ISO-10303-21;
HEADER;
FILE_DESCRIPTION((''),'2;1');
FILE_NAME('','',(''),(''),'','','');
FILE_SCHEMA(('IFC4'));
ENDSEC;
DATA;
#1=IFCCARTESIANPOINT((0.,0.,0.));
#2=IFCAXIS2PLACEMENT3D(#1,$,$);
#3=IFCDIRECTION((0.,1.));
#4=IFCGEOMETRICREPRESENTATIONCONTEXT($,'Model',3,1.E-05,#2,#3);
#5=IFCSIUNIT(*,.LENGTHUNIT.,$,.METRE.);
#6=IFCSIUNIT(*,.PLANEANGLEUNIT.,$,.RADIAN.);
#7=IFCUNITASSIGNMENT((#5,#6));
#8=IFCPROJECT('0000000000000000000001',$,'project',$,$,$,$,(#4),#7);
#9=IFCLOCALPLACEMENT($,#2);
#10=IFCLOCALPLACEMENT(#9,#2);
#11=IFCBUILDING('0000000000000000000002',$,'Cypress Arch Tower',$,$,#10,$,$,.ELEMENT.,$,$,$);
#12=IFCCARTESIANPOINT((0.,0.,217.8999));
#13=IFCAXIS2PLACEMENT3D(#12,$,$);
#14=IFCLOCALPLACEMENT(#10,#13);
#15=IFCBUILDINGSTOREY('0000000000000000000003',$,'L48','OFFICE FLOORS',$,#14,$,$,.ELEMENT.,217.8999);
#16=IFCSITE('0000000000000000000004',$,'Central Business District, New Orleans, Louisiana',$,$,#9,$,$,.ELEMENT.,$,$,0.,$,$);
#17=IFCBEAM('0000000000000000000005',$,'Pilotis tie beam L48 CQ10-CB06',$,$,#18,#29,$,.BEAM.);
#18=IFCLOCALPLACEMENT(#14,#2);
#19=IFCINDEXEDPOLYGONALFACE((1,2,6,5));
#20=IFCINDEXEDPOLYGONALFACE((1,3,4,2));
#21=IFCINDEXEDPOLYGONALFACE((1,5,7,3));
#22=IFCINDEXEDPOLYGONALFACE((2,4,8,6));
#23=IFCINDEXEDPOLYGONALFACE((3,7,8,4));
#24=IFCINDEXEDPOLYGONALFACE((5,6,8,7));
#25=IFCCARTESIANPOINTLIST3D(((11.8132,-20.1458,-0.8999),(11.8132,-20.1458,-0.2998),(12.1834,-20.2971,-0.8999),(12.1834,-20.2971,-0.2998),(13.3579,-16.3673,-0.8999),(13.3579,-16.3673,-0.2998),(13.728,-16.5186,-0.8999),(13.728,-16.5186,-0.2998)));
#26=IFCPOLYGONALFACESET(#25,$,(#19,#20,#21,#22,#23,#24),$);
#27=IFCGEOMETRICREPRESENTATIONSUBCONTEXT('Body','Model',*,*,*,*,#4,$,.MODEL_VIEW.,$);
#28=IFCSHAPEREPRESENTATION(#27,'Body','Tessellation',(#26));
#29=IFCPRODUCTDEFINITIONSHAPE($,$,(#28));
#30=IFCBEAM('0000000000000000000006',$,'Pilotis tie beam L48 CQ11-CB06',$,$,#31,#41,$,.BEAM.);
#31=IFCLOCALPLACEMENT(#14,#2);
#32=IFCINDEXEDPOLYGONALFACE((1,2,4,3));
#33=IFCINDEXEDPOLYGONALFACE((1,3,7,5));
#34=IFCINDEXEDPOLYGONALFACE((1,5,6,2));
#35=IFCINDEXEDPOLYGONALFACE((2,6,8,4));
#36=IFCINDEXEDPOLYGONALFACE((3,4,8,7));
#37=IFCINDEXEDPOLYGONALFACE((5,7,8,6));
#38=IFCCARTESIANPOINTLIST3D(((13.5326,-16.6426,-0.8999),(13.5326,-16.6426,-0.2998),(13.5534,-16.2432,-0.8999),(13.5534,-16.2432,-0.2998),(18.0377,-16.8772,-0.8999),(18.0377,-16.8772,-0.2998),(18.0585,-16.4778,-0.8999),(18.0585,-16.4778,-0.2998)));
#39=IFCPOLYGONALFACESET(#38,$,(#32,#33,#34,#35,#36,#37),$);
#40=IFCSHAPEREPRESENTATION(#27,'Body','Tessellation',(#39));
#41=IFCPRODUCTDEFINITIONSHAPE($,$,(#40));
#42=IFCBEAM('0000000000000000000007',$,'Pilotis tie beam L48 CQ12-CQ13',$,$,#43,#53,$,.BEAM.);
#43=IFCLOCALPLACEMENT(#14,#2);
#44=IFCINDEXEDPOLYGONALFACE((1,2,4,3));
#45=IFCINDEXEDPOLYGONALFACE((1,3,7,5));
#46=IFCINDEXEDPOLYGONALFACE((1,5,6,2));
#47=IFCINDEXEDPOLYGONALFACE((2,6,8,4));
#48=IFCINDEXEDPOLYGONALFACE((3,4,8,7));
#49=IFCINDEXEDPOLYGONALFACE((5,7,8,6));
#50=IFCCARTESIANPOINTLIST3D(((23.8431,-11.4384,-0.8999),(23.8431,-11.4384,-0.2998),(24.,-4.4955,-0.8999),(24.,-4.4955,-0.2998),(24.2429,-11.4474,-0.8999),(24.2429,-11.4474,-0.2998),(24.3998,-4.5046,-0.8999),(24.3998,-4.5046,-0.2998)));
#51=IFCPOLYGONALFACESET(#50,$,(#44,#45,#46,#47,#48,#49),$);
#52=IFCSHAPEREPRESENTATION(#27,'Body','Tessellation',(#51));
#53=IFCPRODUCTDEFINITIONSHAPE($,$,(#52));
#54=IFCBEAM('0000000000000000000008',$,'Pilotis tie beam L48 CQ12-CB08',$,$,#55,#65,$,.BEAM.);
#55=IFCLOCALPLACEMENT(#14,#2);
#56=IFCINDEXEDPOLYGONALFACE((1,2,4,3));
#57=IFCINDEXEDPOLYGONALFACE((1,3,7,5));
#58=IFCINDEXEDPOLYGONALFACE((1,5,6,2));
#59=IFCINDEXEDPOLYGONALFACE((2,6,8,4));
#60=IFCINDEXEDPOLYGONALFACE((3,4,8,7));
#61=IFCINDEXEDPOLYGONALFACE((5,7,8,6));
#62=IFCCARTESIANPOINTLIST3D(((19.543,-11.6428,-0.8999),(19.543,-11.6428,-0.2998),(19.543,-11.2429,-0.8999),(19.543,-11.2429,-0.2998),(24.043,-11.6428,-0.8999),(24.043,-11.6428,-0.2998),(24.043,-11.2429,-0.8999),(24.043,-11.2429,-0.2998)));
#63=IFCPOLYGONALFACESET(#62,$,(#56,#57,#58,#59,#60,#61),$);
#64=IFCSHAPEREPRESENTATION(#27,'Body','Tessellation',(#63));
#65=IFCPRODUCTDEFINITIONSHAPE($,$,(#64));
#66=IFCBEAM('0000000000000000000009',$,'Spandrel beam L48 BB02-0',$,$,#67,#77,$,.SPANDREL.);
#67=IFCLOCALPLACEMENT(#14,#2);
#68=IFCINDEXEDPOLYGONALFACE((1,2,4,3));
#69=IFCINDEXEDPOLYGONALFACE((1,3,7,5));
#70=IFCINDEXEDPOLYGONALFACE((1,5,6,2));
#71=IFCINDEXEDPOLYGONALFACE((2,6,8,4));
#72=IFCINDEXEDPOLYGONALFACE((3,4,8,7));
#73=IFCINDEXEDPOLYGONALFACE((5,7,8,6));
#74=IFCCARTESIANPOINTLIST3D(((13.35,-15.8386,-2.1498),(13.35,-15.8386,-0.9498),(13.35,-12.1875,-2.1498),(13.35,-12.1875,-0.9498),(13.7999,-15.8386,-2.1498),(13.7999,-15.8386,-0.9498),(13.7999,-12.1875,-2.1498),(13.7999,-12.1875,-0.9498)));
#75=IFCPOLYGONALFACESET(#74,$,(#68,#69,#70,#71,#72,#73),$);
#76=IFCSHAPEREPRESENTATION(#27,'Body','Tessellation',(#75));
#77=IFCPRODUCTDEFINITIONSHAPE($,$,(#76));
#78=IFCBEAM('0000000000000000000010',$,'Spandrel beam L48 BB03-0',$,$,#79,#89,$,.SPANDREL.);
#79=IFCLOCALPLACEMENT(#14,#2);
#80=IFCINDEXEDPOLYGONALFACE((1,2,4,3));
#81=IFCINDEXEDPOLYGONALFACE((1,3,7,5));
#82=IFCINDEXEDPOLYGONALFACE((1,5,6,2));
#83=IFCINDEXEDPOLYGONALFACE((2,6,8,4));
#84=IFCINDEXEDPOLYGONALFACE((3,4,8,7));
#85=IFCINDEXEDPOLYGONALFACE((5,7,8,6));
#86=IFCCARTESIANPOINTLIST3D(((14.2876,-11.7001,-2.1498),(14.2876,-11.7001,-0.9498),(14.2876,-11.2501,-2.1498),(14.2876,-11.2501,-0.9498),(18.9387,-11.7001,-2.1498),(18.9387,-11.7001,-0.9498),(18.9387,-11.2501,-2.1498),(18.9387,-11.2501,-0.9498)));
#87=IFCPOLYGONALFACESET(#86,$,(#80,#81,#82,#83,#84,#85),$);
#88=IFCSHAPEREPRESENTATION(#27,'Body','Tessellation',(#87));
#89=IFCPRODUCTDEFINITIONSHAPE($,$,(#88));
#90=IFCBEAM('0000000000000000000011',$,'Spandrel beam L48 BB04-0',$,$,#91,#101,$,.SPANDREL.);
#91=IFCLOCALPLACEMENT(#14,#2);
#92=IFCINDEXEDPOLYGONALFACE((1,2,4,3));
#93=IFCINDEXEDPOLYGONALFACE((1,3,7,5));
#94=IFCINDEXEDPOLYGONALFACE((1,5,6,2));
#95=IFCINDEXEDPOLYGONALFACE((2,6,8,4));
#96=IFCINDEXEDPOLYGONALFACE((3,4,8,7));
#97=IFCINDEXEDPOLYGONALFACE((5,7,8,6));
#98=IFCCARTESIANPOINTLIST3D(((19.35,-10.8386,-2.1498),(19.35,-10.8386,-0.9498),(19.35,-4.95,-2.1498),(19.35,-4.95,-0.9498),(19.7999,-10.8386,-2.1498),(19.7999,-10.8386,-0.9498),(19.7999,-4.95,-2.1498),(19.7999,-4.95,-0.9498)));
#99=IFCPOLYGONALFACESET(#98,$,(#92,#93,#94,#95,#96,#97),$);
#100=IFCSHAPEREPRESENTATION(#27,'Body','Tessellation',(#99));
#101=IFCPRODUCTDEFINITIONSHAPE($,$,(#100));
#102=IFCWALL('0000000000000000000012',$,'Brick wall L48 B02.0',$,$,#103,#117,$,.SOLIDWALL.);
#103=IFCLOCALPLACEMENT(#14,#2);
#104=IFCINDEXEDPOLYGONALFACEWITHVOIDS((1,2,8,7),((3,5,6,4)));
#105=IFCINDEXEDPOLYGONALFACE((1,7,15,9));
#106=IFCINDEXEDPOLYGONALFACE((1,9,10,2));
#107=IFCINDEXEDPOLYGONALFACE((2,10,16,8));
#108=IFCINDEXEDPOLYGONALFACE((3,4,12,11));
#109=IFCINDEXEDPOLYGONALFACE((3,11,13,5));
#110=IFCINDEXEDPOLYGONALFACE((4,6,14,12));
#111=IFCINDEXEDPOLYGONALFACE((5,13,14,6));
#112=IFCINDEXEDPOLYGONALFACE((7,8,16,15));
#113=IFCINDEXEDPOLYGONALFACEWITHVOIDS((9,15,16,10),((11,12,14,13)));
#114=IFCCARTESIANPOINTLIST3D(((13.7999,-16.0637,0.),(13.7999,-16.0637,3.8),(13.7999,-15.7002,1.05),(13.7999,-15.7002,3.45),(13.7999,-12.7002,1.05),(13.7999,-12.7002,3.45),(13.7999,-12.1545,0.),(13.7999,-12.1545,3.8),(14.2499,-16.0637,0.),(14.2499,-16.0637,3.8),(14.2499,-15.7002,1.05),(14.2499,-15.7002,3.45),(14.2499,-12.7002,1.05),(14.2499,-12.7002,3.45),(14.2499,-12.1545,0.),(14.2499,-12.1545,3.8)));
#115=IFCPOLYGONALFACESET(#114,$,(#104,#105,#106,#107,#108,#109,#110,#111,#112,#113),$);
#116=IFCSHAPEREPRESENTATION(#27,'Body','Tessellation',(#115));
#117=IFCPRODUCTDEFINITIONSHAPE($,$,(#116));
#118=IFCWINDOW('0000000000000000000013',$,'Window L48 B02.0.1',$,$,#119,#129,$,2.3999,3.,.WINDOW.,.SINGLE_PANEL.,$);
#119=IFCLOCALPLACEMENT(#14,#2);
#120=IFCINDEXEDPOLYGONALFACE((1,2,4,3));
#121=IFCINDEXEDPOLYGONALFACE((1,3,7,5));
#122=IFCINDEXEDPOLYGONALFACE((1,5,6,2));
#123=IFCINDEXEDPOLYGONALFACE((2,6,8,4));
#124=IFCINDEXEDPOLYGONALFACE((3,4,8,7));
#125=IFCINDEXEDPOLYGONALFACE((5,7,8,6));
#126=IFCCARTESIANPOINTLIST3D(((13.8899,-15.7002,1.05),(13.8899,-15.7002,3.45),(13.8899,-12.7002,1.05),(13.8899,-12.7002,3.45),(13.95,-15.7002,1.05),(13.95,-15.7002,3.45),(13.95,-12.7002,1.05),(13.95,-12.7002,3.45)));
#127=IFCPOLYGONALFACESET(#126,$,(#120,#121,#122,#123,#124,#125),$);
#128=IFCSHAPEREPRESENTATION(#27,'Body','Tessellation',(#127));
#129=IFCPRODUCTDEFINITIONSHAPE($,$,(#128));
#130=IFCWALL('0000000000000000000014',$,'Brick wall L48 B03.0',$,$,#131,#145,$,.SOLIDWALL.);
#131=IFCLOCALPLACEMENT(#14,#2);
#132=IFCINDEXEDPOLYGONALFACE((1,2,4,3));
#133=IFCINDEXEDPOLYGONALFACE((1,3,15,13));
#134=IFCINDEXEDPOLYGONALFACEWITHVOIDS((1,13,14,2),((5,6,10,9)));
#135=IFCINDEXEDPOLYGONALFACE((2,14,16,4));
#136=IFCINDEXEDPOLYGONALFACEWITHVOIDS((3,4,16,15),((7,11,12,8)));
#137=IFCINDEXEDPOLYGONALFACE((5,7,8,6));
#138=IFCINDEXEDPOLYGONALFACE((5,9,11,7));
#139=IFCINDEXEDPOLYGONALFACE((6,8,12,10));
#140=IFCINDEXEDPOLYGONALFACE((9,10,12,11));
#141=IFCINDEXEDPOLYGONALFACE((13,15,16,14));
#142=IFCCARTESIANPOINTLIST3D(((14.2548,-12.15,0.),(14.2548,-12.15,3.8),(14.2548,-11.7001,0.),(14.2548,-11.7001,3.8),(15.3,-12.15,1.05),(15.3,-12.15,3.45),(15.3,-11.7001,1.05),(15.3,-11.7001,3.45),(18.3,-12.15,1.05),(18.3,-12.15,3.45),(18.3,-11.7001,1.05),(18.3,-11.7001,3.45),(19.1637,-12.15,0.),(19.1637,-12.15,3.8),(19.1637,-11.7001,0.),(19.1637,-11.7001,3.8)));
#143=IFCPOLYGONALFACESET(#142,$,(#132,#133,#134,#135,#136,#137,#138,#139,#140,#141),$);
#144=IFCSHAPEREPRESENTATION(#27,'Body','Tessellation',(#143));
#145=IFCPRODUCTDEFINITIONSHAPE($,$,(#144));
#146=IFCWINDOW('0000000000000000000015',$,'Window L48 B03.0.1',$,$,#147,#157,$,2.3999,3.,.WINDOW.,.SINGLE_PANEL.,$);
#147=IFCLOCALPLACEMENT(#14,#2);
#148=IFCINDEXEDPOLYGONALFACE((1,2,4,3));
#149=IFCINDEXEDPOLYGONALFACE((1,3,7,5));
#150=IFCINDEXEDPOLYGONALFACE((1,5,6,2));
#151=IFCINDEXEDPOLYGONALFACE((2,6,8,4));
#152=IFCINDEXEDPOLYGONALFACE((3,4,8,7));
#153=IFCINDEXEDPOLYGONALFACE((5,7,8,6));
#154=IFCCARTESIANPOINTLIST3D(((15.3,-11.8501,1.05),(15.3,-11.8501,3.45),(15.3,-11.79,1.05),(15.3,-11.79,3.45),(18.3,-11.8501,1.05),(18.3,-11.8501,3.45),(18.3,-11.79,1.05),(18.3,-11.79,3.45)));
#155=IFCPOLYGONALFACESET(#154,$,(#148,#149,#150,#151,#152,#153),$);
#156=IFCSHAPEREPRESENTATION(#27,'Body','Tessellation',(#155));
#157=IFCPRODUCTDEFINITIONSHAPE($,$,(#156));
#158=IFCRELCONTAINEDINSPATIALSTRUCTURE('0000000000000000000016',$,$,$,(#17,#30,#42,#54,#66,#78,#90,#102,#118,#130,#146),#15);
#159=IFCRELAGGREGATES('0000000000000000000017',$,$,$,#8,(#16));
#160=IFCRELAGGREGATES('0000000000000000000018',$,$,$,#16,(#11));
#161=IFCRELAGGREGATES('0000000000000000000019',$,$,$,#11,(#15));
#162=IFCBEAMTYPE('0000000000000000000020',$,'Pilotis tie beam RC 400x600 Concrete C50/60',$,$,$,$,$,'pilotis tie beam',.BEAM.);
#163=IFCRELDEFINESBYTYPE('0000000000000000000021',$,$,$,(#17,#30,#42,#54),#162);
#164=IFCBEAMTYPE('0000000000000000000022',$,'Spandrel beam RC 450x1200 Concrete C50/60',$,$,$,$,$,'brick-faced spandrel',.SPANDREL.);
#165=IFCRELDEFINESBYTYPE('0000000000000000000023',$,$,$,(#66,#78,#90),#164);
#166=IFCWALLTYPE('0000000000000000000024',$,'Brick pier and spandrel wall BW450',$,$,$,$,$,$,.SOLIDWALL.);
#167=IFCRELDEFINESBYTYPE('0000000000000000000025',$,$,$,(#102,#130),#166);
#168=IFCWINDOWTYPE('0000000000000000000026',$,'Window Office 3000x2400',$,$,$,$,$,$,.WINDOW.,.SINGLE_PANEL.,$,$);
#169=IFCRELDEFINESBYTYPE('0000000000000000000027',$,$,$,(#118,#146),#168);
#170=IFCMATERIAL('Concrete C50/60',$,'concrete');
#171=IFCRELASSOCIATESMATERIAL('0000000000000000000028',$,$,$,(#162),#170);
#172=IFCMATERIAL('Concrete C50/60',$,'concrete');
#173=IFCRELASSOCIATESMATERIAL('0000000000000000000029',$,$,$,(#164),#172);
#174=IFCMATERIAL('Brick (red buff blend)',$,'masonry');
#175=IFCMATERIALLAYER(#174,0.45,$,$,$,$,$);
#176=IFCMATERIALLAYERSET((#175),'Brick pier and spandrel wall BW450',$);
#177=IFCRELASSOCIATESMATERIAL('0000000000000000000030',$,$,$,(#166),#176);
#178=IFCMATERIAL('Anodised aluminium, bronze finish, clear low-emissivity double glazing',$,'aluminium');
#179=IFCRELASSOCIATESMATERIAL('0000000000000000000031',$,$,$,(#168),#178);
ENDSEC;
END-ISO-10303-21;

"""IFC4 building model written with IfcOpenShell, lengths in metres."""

from ifc_helpers import new_model, si_unit, direction, frame, frame_2d, origin, origin_2d, place, context, subcontext, project, spatial, rectangle, extrude, material, layer, layer_set, material_profile, profile_set, type_object, element, fill, save


model = new_model("IFC4")

# Units and contexts
model_context = context("Model", 3, precision=1e-05, world=origin(), true_north=direction((0.0, 1.0)))
body_context = subcontext(model_context, "Body", "Model", "MODEL_VIEW")
ifc_project = project(units=[si_unit("LENGTHUNIT", "METRE"), si_unit("PLANEANGLEUNIT", "RADIAN")], contexts=[model_context])

# Site, building, storey
site_placement = place(None, origin())
site = spatial("IfcSite", under=ifc_project, at=site_placement, Name="Central Business District, New Orleans, Louisiana", CompositionType="ELEMENT", RefElevation=0.0)
building_placement = place(site_placement, origin())
building = spatial("IfcBuilding", under=site, at=building_placement, Name="Cypress Arch Tower", CompositionType="ELEMENT")
storey_placement = place(building_placement, frame((0.0, 0.0, 217.8999)))
storey = spatial("IfcBuildingStorey", under=building, at=storey_placement, Name="L48", Description="OFFICE FLOORS", CompositionType="ELEMENT", Elevation=217.8999)

# Beams
ifc_material_1 = material(Name="Concrete C50/60", Category="concrete")
ifc_material_profile_1 = material_profile(ifc_material_1, rectangle(XDim=0.3999, YDim=0.6001, at=origin_2d()), Name="RC 400x600")
ifc_profile_set_1 = profile_set([ifc_material_profile_1], Name="Concrete C50/60")
beam_type_1 = type_object("IfcBeamType", Name="Pilotis tie beam RC 400x600 Concrete C50/60", ElementType="pilotis tie beam", PredefinedType="BEAM", material=ifc_profile_set_1)
beam_1_placement = place(storey_placement, frame((11.9983, -20.2214, -0.5999), z_axis=(0.378402, 0.925641, 0.0), x_axis=(-0.925641, 0.378402, 0.0)))
element("IfcBeam", 1, at=beam_1_placement, inside=storey, type_object=beam_type_1, Name="Pilotis tie beam L48 CQ10-CB06", PredefinedType="BEAM", context=body_context, shape_type="SweptSolid", body=[
    extrude(rectangle(XDim=0.3999, YDim=0.6001, at=origin_2d()), origin(), (0.0, 0.0, 1.0), 4.082),
])
beam_2_placement = place(storey_placement, frame((18.0481, -16.6775, -0.5999), z_axis=(-0.998647, 0.052008, 0.0), x_axis=(-0.052008, -0.998647, 0.0)))
element("IfcBeam", 2, at=beam_2_placement, inside=storey, type_object=beam_type_1, Name="Pilotis tie beam L48 CQ11-CB06", PredefinedType="BEAM", context=body_context, shape_type="SweptSolid", body=[
    extrude(rectangle(XDim=0.3999, YDim=0.6001, at=origin_2d()), origin(), (0.0, 0.0, 1.0), 4.5112),
])
beam_3_placement = place(storey_placement, frame((24.043, -11.4429, -0.5999), z_axis=(0.022605, 0.999744, 0.0), x_axis=(-0.999744, 0.022605, 0.0)))
element("IfcBeam", 3, at=beam_3_placement, inside=storey, type_object=beam_type_1, Name="Pilotis tie beam L48 CQ12-CQ13", PredefinedType="BEAM", context=body_context, shape_type="SweptSolid", body=[
    extrude(rectangle(XDim=0.3999, YDim=0.6001, at=origin_2d()), origin(), (0.0, 0.0, 1.0), 6.9446),
])
beam_4_placement = place(storey_placement, frame((24.043, -11.4429, -0.5999), z_axis=(-1.0, 0.0, 0.0), x_axis=(0.0, -1.0, 0.0)))
element("IfcBeam", 4, at=beam_4_placement, inside=storey, type_object=beam_type_1, Name="Pilotis tie beam L48 CQ12-CB08", PredefinedType="BEAM", context=body_context, shape_type="SweptSolid", body=[
    extrude(rectangle(XDim=0.3999, YDim=0.6001, at=origin_2d()), origin(), (0.0, 0.0, 1.0), 4.5),
])
ifc_material_2 = material(Name="Concrete C50/60", Category="concrete")
ifc_material_profile_2 = material_profile(ifc_material_2, rectangle(XDim=0.45, YDim=1.2, at=origin_2d()), Name="RC 450x1200")
ifc_profile_set_2 = profile_set([ifc_material_profile_2], Name="Concrete C50/60")
beam_type_2 = type_object("IfcBeamType", Name="Spandrel beam RC 450x1200 Concrete C50/60", ElementType="brick-faced spandrel", PredefinedType="SPANDREL", material=ifc_profile_set_2)
beam_5_placement = place(storey_placement, frame((13.575, -15.8386, -1.5498), z_axis=(0.0, 1.0, 0.0), x_axis=(-1.0, 0.0, 0.0)))
element("IfcBeam", 5, at=beam_5_placement, inside=storey, type_object=beam_type_2, Name="Spandrel beam L48 BB02-0", PredefinedType="SPANDREL", context=body_context, shape_type="SweptSolid", body=[
    extrude(rectangle(XDim=0.45, YDim=1.2, at=origin_2d()), origin(), (0.0, 0.0, 1.0), 3.6511),
])
beam_6_placement = place(storey_placement, frame((14.2876, -11.4751, -1.5498), z_axis=(1.0, 0.0, 0.0), x_axis=(0.0, 1.0, 0.0)))
element("IfcBeam", 6, at=beam_6_placement, inside=storey, type_object=beam_type_2, Name="Spandrel beam L48 BB03-0", PredefinedType="SPANDREL", context=body_context, shape_type="SweptSolid", body=[
    extrude(rectangle(XDim=0.45, YDim=1.2, at=origin_2d()), origin(), (0.0, 0.0, 1.0), 4.6511),
])
beam_7_placement = place(storey_placement, frame((19.575, -10.8386, -1.5498), z_axis=(0.0, 1.0, 0.0), x_axis=(-1.0, 0.0, 0.0)))
element("IfcBeam", 7, at=beam_7_placement, inside=storey, type_object=beam_type_2, Name="Spandrel beam L48 BB04-0", PredefinedType="SPANDREL", context=body_context, shape_type="SweptSolid", body=[
    extrude(rectangle(XDim=0.45, YDim=1.2, at=origin_2d()), origin(), (0.0, 0.0, 1.0), 5.8887),
])

# Walls, openings, windows
ifc_material_3 = material(Name="Brick (red buff blend)", Category="masonry")
ifc_layer_1 = layer(ifc_material_3, 0.45)
ifc_layer_set_1 = layer_set([ifc_layer_1], Name="Brick pier and spandrel wall BW450")
wall_type_1 = type_object("IfcWallType", Name="Brick pier and spandrel wall BW450", PredefinedType="SOLIDWALL", material=ifc_layer_set_1)
wall_1_placement = place(storey_placement, frame((14.0249, -16.0637, 0.0), z_axis=(0.0, 0.0, 1.0), x_axis=(0.0, 1.0, 0.0)))
wall_1 = element("IfcWall", 8, at=wall_1_placement, inside=storey, type_object=wall_type_1, Name="Brick wall L48 B02.0", PredefinedType="SOLIDWALL", context=body_context, shape_type="SweptSolid", body=[
    extrude(rectangle(XDim=3.9092, YDim=0.45, at=frame_2d((1.9546, 0.0))), origin(), (0.0, 0.0, 1.0), 3.8),
])
opening_1_placement = place(wall_1_placement, frame((0.3635, 0.0, 1.05)))
opening_1 = element("IfcOpeningElement", 9, at=opening_1_placement, cuts=wall_1, PredefinedType="OPENING", context=body_context, shape_type="SweptSolid", body=[
    extrude(rectangle(XDim=3.0, YDim=2.3999, at=frame_2d((1.5, 1.2))), frame((0.0, 0.2349, 0.0), z_axis=(0.0, -1.0, 0.0), x_axis=(1.0, 0.0, 0.0)), (0.0, 0.0, 1.0), 0.47),
])
ifc_material_4 = material(Name="Anodised aluminium, bronze finish, clear low-emissivity double glazing", Category="aluminium")
window_type = type_object("IfcWindowType", Name="Window Office 3000x2400", PartitioningType="SINGLE_PANEL", PredefinedType="WINDOW", material=ifc_material_4)
window_1_placement = place(opening_1_placement, origin())
window_1 = element("IfcWindow", 10, at=window_1_placement, inside=storey, type_object=window_type, Name="Window L48 B02.0.1", OverallHeight=2.3999, OverallWidth=3.0, PartitioningType="SINGLE_PANEL", PredefinedType="WINDOW", context=body_context, shape_type="SweptSolid", body=[
    extrude(rectangle(XDim=3.0, YDim=2.3999, at=frame_2d((1.5, 1.2))), frame((0.0, 0.135, 0.0), z_axis=(0.0, -1.0, 0.0), x_axis=(1.0, 0.0, 0.0)), (0.0, 0.0, 1.0), 0.0601),
])
fill(opening_1, window_1)
wall_2_placement = place(storey_placement, frame((14.2546, -11.925, 0.0), z_axis=(0.0, 0.0, 1.0), x_axis=(1.0, 0.0, 0.0)))
wall_2 = element("IfcWall", 11, at=wall_2_placement, inside=storey, type_object=wall_type_1, Name="Brick wall L48 B03.0", PredefinedType="SOLIDWALL", context=body_context, shape_type="SweptSolid", body=[
    extrude(rectangle(XDim=4.9089, YDim=0.45, at=frame_2d((2.4546, 0.0))), origin(), (0.0, 0.0, 1.0), 3.8),
])
opening_2_placement = place(wall_2_placement, frame((1.0454, 0.0, 1.05)))
opening_2 = element("IfcOpeningElement", 12, at=opening_2_placement, cuts=wall_2, PredefinedType="OPENING", context=body_context, shape_type="SweptSolid", body=[
    extrude(rectangle(XDim=3.0, YDim=2.3999, at=frame_2d((1.5, 1.2))), frame((0.0, 0.2349, 0.0), z_axis=(0.0, -1.0, 0.0), x_axis=(1.0, 0.0, 0.0)), (0.0, 0.0, 1.0), 0.47),
])
window_2_placement = place(opening_2_placement, origin())
window_2 = element("IfcWindow", 13, at=window_2_placement, inside=storey, type_object=window_type, Name="Window L48 B03.0.1", OverallHeight=2.3999, OverallWidth=3.0, PartitioningType="SINGLE_PANEL", PredefinedType="WINDOW", context=body_context, shape_type="SweptSolid", body=[
    extrude(rectangle(XDim=3.0, YDim=2.3999, at=frame_2d((1.5, 1.2))), frame((0.0, 0.135, 0.0), z_axis=(0.0, -1.0, 0.0), x_axis=(1.0, 0.0, 0.0)), (0.0, 0.0, 1.0), 0.0601),
])
fill(opening_2, window_2)

save(model, "model.ifc")
